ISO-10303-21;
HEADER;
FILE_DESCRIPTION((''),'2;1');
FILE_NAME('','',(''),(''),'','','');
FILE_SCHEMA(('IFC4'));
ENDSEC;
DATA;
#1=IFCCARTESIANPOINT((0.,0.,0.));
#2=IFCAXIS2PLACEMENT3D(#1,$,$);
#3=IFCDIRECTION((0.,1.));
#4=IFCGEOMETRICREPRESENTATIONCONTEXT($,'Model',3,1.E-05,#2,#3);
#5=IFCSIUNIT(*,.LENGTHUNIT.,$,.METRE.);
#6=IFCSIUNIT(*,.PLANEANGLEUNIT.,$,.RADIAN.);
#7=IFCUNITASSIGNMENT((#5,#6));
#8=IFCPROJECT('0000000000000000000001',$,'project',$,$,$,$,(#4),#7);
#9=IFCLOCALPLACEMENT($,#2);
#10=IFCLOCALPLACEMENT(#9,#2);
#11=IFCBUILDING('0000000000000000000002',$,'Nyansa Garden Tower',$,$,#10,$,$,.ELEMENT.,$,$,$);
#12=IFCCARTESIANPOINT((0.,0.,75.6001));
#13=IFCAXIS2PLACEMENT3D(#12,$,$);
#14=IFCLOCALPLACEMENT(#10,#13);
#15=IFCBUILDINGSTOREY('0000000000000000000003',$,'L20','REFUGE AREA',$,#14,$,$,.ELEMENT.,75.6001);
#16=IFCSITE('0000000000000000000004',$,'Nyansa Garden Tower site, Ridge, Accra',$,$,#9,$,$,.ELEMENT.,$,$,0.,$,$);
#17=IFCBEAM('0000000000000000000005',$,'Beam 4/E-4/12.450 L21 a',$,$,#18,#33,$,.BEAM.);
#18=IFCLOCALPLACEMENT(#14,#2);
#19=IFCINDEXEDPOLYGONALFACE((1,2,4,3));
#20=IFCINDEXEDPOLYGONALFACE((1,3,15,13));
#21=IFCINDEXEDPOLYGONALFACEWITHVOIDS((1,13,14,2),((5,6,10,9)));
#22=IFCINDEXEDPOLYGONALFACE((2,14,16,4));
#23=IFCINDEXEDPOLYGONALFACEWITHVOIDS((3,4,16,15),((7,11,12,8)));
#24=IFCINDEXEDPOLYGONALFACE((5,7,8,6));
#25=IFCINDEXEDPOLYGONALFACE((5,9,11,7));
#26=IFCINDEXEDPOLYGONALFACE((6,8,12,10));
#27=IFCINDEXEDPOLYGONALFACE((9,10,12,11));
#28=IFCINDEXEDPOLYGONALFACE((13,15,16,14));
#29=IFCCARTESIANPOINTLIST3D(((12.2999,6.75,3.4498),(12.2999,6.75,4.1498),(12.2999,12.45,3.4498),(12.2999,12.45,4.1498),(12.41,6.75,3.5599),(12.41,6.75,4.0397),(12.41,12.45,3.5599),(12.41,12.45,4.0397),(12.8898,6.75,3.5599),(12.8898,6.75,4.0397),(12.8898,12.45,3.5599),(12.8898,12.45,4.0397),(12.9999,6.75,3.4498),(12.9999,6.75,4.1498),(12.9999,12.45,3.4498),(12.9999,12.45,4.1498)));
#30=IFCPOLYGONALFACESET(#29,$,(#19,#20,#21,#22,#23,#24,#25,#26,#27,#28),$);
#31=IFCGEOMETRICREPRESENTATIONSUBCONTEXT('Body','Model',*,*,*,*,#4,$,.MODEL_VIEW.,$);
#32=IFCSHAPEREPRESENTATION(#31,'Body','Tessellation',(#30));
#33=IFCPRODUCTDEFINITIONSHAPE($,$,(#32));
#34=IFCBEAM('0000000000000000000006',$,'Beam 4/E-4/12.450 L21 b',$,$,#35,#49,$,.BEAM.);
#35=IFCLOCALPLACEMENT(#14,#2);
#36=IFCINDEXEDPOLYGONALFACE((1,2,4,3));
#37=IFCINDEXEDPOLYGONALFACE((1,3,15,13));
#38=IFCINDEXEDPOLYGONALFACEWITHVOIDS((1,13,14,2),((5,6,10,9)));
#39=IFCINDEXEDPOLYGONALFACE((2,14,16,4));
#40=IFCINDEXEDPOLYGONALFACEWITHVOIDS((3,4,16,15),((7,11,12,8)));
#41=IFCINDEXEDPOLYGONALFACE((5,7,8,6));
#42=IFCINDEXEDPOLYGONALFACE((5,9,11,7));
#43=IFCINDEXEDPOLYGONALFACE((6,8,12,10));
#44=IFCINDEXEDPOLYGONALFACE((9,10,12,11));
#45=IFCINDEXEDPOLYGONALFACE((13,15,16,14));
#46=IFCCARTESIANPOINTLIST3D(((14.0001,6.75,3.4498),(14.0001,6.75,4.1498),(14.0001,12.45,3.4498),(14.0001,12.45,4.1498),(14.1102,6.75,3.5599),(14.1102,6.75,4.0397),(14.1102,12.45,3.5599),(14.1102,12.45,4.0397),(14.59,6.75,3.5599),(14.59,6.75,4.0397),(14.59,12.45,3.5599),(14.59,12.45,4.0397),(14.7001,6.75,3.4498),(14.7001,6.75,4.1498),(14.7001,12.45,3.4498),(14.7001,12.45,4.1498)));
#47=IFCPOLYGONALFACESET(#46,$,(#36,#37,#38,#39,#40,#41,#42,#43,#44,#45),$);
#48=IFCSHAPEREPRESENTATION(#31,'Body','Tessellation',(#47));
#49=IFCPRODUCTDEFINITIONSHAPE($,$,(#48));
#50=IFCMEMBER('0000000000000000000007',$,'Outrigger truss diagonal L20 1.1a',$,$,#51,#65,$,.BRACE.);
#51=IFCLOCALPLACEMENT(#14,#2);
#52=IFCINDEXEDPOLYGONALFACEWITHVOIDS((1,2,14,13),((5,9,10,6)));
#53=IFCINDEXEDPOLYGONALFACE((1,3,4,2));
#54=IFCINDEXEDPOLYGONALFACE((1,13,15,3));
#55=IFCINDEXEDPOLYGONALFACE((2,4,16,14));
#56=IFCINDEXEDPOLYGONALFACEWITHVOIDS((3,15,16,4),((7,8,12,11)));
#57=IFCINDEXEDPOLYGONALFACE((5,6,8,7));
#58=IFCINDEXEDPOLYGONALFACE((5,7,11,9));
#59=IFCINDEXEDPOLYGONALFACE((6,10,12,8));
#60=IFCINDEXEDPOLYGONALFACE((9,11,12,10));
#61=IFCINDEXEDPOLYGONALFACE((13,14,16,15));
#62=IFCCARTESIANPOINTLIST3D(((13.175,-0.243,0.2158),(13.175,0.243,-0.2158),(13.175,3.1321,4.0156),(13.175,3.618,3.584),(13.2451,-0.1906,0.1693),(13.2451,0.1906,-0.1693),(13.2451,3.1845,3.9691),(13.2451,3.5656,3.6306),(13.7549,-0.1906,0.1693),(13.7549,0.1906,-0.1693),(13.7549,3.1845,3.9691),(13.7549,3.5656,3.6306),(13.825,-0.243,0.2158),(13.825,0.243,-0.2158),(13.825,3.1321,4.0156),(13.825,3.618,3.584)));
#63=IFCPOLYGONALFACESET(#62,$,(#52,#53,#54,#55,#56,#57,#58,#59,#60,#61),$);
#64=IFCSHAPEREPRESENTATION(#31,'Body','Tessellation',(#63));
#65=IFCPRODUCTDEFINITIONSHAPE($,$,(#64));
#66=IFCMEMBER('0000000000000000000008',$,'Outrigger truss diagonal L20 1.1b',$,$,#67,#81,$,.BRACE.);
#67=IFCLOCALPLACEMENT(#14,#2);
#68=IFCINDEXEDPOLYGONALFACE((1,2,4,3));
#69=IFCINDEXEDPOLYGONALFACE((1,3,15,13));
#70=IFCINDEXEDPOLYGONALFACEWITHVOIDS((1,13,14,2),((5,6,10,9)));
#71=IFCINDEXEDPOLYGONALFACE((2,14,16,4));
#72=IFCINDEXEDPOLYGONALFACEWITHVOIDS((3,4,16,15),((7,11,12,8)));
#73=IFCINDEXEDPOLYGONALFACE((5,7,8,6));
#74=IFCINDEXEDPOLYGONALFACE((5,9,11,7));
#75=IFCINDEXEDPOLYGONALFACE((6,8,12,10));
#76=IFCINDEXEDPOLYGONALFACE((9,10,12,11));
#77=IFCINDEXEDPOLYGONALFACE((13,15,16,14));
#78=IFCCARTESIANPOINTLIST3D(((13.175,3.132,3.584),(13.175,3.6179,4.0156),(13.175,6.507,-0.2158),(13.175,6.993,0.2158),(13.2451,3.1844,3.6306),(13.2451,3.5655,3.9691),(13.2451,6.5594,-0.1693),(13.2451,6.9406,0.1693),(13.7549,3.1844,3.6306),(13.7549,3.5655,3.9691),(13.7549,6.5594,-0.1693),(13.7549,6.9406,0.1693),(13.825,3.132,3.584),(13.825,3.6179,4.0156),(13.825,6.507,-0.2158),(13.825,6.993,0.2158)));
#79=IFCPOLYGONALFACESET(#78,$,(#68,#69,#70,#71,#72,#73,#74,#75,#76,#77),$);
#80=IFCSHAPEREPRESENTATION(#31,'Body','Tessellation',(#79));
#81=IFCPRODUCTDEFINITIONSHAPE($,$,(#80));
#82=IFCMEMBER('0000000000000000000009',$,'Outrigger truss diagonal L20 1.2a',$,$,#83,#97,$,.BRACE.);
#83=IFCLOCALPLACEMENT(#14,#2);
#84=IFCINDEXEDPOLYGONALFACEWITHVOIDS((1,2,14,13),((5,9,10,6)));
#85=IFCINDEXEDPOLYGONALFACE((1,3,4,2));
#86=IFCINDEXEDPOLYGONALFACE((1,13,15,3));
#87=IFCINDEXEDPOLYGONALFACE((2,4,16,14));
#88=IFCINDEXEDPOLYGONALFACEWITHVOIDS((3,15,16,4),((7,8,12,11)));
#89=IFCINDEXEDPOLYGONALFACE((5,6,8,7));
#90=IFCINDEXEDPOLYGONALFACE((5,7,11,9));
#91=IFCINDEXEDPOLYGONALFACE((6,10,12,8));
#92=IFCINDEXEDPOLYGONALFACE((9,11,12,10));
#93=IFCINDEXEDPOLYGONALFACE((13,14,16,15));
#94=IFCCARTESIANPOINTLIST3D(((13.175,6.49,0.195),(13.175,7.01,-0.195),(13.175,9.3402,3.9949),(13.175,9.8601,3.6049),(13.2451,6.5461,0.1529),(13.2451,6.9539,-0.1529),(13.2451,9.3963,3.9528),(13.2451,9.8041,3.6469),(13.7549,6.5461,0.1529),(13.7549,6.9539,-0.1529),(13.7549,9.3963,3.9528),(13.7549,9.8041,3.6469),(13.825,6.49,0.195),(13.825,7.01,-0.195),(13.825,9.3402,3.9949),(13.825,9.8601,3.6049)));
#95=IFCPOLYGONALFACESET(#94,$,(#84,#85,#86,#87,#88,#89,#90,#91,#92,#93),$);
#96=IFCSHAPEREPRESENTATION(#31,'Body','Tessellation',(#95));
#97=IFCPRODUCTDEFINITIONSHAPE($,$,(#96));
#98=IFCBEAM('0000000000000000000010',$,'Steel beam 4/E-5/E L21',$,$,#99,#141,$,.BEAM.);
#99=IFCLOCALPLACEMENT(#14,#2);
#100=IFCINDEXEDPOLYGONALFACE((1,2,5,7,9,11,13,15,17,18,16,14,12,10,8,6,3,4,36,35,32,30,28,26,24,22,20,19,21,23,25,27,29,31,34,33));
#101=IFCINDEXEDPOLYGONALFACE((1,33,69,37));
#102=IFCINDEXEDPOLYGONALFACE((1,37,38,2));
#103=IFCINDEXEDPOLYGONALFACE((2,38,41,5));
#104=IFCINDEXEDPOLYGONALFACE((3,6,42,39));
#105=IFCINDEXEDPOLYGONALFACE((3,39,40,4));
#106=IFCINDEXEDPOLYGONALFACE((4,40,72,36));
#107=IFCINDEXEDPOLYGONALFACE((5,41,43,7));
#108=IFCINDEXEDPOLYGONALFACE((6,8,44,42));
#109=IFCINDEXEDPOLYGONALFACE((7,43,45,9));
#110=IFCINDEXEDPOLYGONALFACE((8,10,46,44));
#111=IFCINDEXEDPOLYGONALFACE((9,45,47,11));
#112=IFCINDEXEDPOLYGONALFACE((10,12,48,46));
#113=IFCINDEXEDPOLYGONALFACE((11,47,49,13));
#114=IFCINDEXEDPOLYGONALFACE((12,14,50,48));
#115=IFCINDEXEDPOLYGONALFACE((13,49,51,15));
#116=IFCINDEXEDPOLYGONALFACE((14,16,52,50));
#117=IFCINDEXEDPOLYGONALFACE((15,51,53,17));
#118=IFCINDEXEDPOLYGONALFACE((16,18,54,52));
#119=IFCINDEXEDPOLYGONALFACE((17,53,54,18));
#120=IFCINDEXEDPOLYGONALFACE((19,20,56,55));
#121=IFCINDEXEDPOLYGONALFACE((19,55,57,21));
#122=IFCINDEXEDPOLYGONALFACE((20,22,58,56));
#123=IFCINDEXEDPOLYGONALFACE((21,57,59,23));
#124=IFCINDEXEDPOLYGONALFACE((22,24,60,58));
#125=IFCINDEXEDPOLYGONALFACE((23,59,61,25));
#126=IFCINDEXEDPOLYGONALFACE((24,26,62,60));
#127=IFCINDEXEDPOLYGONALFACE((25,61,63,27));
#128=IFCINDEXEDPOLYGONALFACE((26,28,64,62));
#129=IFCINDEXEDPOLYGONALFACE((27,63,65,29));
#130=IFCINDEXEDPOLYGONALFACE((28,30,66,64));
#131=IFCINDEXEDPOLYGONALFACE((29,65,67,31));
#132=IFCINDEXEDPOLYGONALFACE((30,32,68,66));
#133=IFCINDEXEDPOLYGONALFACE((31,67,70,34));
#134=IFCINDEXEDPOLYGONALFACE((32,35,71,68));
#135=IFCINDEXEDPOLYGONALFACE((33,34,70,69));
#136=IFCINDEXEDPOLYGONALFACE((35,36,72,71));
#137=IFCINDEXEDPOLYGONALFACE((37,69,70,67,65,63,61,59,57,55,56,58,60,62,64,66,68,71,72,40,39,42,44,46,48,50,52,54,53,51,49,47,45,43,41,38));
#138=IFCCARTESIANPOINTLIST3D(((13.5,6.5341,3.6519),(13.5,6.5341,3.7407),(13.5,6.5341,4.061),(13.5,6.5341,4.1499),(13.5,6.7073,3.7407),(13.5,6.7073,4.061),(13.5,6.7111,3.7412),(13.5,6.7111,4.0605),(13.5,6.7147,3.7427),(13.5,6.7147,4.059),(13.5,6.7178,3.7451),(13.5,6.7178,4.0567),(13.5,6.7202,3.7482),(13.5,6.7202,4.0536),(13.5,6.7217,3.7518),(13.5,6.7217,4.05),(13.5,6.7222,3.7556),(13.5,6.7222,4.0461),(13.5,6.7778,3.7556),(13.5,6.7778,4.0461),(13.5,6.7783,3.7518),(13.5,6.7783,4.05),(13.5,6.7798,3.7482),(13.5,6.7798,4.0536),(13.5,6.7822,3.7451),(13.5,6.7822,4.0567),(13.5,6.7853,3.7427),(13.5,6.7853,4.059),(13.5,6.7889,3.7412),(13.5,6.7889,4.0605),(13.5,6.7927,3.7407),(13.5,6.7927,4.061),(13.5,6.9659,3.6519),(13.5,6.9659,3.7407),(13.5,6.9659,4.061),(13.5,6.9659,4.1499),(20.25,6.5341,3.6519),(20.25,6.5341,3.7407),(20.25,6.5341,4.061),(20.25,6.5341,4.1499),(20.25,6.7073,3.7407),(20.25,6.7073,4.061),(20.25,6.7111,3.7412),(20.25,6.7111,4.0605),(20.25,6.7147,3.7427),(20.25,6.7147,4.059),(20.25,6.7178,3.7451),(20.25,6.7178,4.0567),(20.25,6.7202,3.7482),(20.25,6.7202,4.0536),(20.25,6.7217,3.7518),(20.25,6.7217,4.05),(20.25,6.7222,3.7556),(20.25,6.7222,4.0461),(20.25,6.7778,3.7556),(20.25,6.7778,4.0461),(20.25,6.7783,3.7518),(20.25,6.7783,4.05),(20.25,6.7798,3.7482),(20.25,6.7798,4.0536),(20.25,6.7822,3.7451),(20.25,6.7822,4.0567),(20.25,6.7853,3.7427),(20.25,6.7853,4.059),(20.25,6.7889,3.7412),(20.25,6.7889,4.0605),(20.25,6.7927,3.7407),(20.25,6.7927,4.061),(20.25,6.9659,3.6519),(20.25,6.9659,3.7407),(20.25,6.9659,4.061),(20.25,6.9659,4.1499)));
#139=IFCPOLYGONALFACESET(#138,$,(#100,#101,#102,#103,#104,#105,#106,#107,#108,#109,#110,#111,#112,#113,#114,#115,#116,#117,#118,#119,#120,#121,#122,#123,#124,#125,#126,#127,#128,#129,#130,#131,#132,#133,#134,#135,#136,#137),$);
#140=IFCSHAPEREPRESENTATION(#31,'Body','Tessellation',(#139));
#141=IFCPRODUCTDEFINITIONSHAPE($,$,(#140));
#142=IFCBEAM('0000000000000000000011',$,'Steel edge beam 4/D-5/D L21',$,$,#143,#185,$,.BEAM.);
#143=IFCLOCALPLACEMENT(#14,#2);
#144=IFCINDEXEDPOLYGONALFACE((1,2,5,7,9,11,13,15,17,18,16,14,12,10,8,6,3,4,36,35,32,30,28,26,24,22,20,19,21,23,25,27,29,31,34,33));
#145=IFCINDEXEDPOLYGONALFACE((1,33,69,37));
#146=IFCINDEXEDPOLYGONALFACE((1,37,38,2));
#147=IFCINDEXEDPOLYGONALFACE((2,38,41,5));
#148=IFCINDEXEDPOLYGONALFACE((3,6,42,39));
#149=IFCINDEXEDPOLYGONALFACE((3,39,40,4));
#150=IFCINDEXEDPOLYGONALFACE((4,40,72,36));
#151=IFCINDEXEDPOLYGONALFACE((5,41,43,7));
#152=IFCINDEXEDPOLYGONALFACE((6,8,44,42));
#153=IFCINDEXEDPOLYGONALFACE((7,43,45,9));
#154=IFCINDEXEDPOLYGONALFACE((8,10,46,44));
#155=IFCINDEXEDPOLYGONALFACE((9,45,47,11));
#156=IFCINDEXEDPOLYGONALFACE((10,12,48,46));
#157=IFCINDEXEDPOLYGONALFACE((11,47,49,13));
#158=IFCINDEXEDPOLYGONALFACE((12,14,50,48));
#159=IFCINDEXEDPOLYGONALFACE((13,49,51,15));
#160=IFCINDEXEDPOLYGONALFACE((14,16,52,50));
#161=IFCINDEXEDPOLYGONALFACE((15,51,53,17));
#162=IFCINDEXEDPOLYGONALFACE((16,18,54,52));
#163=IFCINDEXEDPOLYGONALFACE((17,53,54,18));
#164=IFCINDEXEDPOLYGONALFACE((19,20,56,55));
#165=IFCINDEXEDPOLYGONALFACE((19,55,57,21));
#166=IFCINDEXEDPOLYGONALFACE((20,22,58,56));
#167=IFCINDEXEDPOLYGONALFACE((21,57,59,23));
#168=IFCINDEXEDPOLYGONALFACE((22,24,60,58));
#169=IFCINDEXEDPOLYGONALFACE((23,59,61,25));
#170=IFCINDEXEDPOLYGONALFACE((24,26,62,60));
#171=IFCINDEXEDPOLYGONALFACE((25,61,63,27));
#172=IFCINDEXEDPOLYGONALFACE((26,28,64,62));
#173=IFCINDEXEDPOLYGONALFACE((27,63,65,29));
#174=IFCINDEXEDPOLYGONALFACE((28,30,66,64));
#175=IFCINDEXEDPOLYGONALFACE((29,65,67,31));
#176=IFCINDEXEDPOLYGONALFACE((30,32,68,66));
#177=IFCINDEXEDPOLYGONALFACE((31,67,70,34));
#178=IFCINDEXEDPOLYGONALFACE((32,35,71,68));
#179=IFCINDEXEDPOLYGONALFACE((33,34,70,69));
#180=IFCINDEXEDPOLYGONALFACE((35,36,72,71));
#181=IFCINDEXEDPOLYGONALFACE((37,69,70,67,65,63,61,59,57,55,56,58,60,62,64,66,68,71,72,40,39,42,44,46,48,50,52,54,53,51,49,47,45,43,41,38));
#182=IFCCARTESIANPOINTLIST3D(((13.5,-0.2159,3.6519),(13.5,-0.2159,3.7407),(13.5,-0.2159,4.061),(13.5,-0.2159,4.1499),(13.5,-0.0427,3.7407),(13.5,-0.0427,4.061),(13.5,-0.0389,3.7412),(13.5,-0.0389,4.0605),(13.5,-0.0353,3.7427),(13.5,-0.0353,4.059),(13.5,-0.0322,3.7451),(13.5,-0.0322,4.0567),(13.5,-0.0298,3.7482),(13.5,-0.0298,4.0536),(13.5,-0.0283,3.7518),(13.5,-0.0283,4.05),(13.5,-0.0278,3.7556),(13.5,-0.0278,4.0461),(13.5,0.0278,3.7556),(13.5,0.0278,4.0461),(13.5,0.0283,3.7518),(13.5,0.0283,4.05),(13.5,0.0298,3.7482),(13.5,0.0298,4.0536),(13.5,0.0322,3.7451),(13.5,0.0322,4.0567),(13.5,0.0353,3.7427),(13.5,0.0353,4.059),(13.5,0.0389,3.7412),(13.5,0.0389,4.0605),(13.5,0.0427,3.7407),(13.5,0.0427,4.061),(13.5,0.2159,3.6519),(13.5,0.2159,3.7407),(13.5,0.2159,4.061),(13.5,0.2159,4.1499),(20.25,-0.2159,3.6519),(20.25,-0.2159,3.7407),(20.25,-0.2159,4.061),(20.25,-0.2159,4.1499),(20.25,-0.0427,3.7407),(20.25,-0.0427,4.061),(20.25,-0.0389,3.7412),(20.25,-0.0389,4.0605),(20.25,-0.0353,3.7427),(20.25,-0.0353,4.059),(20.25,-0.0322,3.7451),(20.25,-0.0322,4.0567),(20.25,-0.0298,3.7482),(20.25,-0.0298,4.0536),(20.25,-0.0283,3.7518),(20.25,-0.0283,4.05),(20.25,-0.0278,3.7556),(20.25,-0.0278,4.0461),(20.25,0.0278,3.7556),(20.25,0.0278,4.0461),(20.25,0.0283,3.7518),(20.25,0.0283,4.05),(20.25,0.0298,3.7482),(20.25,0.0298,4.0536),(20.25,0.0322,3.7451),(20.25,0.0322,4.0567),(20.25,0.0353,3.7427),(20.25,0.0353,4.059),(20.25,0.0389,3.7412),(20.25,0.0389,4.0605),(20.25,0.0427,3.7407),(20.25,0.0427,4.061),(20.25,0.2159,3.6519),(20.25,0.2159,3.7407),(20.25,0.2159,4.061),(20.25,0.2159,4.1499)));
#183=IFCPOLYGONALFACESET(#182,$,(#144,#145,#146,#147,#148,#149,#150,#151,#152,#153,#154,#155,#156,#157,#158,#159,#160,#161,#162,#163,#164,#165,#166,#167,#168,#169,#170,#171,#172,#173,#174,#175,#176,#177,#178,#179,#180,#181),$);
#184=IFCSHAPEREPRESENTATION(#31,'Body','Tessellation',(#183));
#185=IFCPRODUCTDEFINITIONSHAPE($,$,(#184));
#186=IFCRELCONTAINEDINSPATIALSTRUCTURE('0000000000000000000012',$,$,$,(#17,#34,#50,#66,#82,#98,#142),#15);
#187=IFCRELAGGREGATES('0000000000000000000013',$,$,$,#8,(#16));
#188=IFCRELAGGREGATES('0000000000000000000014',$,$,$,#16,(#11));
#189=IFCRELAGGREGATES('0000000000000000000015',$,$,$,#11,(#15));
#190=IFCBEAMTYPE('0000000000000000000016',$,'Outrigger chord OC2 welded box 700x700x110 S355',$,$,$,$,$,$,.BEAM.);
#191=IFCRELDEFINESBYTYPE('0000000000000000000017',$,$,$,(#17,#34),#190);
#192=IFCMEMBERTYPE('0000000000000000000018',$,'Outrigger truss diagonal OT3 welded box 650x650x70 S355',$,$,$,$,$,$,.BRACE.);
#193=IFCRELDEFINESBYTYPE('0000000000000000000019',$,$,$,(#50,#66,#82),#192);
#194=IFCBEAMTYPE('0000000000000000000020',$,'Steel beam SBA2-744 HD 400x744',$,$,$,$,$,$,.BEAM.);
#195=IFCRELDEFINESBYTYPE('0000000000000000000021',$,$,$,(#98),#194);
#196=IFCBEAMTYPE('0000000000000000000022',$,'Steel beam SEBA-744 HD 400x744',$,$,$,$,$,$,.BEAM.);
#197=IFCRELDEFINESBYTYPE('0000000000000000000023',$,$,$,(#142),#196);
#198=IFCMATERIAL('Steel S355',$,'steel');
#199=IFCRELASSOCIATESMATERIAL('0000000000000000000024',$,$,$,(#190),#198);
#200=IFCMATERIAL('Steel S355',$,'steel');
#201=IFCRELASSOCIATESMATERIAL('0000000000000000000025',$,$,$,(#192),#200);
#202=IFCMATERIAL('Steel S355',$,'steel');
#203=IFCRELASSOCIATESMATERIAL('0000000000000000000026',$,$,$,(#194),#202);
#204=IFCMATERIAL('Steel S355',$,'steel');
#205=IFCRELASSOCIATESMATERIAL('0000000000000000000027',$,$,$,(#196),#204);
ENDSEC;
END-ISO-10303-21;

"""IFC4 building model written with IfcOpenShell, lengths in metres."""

from ifc_helpers import new_model, si_unit, direction, frame, origin, origin_2d, place, context, subcontext, project, spatial, hollow_rectangle, i_section, extrude, material, material_profile, profile_set, type_object, element, save


model = new_model("IFC4")

# Units and contexts
model_context = context("Model", 3, precision=1e-05, world=origin(), true_north=direction((0.0, 1.0)))
body_context = subcontext(model_context, "Body", "Model", "MODEL_VIEW")
ifc_project = project(units=[si_unit("LENGTHUNIT", "METRE"), si_unit("PLANEANGLEUNIT", "RADIAN")], contexts=[model_context])

# Site, building, storey
site_placement = place(None, origin())
site = spatial("IfcSite", under=ifc_project, at=site_placement, Name="Nyansa Garden Tower site, Ridge, Accra", CompositionType="ELEMENT", RefElevation=0.0)
building_placement = place(site_placement, origin())
building = spatial("IfcBuilding", under=site, at=building_placement, Name="Nyansa Garden Tower", CompositionType="ELEMENT")
storey_placement = place(building_placement, frame((0.0, 0.0, 75.6001)))
storey = spatial("IfcBuildingStorey", under=building, at=storey_placement, Name="L20", Description="REFUGE AREA", CompositionType="ELEMENT", Elevation=75.6001)

# Beams
ifc_material_1 = material(Name="Steel S355", Category="steel")
ifc_material_profile_1 = material_profile(ifc_material_1, hollow_rectangle(XDim=0.7, YDim=0.7, WallThickness=0.1101, at=origin_2d()), Name="Welded box 700x700x110")
ifc_profile_set_1 = profile_set([ifc_material_profile_1], Name="Steel S355")
beam_type_1 = type_object("IfcBeamType", Name="Outrigger chord OC2 welded box 700x700x110 S355", PredefinedType="BEAM", material=ifc_profile_set_1)
for number, where, z_axis, x_axis, name in (
    (1, (12.6499, 6.75, 3.7998), (0.0, 1.0, 0.0), (-1.0, 0.0, 0.0), "Beam 4/E-4/12.450 L21 a"),
    (2, (14.3501, 6.75, 3.7998), (0.0, 1.0, 0.0), (-1.0, 0.0, 0.0), "Beam 4/E-4/12.450 L21 b"),
):
    element("IfcBeam", number, at=place(storey_placement, frame(where, z_axis=z_axis, x_axis=x_axis)), inside=storey, type_object=beam_type_1, Name=name, PredefinedType="BEAM", context=body_context, shape_type="SweptSolid", body=[
        extrude(hollow_rectangle(XDim=0.7, YDim=0.7, WallThickness=0.1101, at=origin_2d()), origin(), (0.0, 0.0, 1.0), 5.7),
    ])

# Members
ifc_material_2 = material(Name="Steel S355", Category="steel")
ifc_material_profile_2 = material_profile(ifc_material_2, hollow_rectangle(XDim=0.6499, YDim=0.6499, WallThickness=0.0701, at=origin_2d()), Name="Welded box 650x650x70")
ifc_profile_set_2 = profile_set([ifc_material_profile_2], Name="Steel S355")
member_type_1 = type_object("IfcMemberType", Name="Outrigger truss diagonal OT3 welded box 650x650x70 S355", PredefinedType="BRACE", material=ifc_profile_set_2)
for number, where, z_axis, x_axis, name in (
    (3, (13.5, 0.0, 0.0), (0.0, 0.664078, 0.747664), (-1.0, 0.0, 0.0), "Outrigger truss diagonal L20 1.1a"),
    (4, (13.5, 6.75, 0.0), (0.0, -0.664078, 0.747664), (1.0, 0.0, 0.0), "Outrigger truss diagonal L20 1.1b"),
):
    element("IfcMember", number, at=place(storey_placement, frame(where, z_axis=z_axis, x_axis=x_axis)), inside=storey, type_object=member_type_1, Name=name, PredefinedType="BRACE", context=body_context, shape_type="SweptSolid", body=[
        extrude(hollow_rectangle(XDim=0.6499, YDim=0.6499, WallThickness=0.0701, at=origin_2d()), origin(), (0.0, 0.0, 1.0), 5.0823),
    ])
member_1_placement = place(storey_placement, frame((13.5, 6.75, 0.0), z_axis=(0.0, 0.600033, 0.799975), x_axis=(-1.0, 0.0, 0.0)))
element("IfcMember", 5, at=member_1_placement, inside=storey, type_object=member_type_1, Name="Outrigger truss diagonal L20 1.2a", PredefinedType="BRACE", context=body_context, shape_type="SweptSolid", body=[
    extrude(hollow_rectangle(XDim=0.6499, YDim=0.6499, WallThickness=0.0701, at=origin_2d()), origin(), (0.0, 0.0, 1.0), 4.75),
])

# Beams
ifc_material_3 = material(Name="Steel S355", Category="steel")
ifc_material_profile_3 = material_profile(ifc_material_3, i_section(OverallWidth=0.4319, OverallDepth=0.498, WebThickness=0.0557, FlangeThickness=0.0889, FilletRadius=0.0149, at=origin_2d()), Name="HD 400x744")
ifc_profile_set_3 = profile_set([ifc_material_profile_3], Name="Steel S355")
beam_type_2 = type_object("IfcBeamType", Name="Steel beam SBA2-744 HD 400x744", PredefinedType="BEAM", material=ifc_profile_set_3)
beam_1_placement = place(storey_placement, frame((13.5, 6.75, 3.9009), z_axis=(1.0, 0.0, 0.0), x_axis=(0.0, 1.0, 0.0)))
element("IfcBeam", 6, at=beam_1_placement, inside=storey, type_object=beam_type_2, Name="Steel beam 4/E-5/E L21", PredefinedType="BEAM", context=body_context, shape_type="SweptSolid", body=[
    extrude(i_section(OverallWidth=0.4319, OverallDepth=0.498, WebThickness=0.0557, FlangeThickness=0.0889, FilletRadius=0.0149, at=origin_2d()), origin(), (0.0, 0.0, 1.0), 6.75),
])
ifc_material_4 = material(Name="Steel S355", Category="steel")
ifc_material_profile_4 = material_profile(ifc_material_4, i_section(OverallWidth=0.4319, OverallDepth=0.498, WebThickness=0.0557, FlangeThickness=0.0889, FilletRadius=0.0149, at=origin_2d()), Name="HD 400x744")
ifc_profile_set_4 = profile_set([ifc_material_profile_4], Name="Steel S355")
beam_type_3 = type_object("IfcBeamType", Name="Steel beam SEBA-744 HD 400x744", PredefinedType="BEAM", material=ifc_profile_set_4)
beam_2_placement = place(storey_placement, frame((13.5, 0.0, 3.9009), z_axis=(1.0, 0.0, 0.0), x_axis=(0.0, 1.0, 0.0)))
element("IfcBeam", 7, at=beam_2_placement, inside=storey, type_object=beam_type_3, Name="Steel edge beam 4/D-5/D L21", PredefinedType="BEAM", context=body_context, shape_type="SweptSolid", body=[
    extrude(i_section(OverallWidth=0.4319, OverallDepth=0.498, WebThickness=0.0557, FlangeThickness=0.0889, FilletRadius=0.0149, at=origin_2d()), origin(), (0.0, 0.0, 1.0), 6.75),
])

save(model, "model.ifc")
